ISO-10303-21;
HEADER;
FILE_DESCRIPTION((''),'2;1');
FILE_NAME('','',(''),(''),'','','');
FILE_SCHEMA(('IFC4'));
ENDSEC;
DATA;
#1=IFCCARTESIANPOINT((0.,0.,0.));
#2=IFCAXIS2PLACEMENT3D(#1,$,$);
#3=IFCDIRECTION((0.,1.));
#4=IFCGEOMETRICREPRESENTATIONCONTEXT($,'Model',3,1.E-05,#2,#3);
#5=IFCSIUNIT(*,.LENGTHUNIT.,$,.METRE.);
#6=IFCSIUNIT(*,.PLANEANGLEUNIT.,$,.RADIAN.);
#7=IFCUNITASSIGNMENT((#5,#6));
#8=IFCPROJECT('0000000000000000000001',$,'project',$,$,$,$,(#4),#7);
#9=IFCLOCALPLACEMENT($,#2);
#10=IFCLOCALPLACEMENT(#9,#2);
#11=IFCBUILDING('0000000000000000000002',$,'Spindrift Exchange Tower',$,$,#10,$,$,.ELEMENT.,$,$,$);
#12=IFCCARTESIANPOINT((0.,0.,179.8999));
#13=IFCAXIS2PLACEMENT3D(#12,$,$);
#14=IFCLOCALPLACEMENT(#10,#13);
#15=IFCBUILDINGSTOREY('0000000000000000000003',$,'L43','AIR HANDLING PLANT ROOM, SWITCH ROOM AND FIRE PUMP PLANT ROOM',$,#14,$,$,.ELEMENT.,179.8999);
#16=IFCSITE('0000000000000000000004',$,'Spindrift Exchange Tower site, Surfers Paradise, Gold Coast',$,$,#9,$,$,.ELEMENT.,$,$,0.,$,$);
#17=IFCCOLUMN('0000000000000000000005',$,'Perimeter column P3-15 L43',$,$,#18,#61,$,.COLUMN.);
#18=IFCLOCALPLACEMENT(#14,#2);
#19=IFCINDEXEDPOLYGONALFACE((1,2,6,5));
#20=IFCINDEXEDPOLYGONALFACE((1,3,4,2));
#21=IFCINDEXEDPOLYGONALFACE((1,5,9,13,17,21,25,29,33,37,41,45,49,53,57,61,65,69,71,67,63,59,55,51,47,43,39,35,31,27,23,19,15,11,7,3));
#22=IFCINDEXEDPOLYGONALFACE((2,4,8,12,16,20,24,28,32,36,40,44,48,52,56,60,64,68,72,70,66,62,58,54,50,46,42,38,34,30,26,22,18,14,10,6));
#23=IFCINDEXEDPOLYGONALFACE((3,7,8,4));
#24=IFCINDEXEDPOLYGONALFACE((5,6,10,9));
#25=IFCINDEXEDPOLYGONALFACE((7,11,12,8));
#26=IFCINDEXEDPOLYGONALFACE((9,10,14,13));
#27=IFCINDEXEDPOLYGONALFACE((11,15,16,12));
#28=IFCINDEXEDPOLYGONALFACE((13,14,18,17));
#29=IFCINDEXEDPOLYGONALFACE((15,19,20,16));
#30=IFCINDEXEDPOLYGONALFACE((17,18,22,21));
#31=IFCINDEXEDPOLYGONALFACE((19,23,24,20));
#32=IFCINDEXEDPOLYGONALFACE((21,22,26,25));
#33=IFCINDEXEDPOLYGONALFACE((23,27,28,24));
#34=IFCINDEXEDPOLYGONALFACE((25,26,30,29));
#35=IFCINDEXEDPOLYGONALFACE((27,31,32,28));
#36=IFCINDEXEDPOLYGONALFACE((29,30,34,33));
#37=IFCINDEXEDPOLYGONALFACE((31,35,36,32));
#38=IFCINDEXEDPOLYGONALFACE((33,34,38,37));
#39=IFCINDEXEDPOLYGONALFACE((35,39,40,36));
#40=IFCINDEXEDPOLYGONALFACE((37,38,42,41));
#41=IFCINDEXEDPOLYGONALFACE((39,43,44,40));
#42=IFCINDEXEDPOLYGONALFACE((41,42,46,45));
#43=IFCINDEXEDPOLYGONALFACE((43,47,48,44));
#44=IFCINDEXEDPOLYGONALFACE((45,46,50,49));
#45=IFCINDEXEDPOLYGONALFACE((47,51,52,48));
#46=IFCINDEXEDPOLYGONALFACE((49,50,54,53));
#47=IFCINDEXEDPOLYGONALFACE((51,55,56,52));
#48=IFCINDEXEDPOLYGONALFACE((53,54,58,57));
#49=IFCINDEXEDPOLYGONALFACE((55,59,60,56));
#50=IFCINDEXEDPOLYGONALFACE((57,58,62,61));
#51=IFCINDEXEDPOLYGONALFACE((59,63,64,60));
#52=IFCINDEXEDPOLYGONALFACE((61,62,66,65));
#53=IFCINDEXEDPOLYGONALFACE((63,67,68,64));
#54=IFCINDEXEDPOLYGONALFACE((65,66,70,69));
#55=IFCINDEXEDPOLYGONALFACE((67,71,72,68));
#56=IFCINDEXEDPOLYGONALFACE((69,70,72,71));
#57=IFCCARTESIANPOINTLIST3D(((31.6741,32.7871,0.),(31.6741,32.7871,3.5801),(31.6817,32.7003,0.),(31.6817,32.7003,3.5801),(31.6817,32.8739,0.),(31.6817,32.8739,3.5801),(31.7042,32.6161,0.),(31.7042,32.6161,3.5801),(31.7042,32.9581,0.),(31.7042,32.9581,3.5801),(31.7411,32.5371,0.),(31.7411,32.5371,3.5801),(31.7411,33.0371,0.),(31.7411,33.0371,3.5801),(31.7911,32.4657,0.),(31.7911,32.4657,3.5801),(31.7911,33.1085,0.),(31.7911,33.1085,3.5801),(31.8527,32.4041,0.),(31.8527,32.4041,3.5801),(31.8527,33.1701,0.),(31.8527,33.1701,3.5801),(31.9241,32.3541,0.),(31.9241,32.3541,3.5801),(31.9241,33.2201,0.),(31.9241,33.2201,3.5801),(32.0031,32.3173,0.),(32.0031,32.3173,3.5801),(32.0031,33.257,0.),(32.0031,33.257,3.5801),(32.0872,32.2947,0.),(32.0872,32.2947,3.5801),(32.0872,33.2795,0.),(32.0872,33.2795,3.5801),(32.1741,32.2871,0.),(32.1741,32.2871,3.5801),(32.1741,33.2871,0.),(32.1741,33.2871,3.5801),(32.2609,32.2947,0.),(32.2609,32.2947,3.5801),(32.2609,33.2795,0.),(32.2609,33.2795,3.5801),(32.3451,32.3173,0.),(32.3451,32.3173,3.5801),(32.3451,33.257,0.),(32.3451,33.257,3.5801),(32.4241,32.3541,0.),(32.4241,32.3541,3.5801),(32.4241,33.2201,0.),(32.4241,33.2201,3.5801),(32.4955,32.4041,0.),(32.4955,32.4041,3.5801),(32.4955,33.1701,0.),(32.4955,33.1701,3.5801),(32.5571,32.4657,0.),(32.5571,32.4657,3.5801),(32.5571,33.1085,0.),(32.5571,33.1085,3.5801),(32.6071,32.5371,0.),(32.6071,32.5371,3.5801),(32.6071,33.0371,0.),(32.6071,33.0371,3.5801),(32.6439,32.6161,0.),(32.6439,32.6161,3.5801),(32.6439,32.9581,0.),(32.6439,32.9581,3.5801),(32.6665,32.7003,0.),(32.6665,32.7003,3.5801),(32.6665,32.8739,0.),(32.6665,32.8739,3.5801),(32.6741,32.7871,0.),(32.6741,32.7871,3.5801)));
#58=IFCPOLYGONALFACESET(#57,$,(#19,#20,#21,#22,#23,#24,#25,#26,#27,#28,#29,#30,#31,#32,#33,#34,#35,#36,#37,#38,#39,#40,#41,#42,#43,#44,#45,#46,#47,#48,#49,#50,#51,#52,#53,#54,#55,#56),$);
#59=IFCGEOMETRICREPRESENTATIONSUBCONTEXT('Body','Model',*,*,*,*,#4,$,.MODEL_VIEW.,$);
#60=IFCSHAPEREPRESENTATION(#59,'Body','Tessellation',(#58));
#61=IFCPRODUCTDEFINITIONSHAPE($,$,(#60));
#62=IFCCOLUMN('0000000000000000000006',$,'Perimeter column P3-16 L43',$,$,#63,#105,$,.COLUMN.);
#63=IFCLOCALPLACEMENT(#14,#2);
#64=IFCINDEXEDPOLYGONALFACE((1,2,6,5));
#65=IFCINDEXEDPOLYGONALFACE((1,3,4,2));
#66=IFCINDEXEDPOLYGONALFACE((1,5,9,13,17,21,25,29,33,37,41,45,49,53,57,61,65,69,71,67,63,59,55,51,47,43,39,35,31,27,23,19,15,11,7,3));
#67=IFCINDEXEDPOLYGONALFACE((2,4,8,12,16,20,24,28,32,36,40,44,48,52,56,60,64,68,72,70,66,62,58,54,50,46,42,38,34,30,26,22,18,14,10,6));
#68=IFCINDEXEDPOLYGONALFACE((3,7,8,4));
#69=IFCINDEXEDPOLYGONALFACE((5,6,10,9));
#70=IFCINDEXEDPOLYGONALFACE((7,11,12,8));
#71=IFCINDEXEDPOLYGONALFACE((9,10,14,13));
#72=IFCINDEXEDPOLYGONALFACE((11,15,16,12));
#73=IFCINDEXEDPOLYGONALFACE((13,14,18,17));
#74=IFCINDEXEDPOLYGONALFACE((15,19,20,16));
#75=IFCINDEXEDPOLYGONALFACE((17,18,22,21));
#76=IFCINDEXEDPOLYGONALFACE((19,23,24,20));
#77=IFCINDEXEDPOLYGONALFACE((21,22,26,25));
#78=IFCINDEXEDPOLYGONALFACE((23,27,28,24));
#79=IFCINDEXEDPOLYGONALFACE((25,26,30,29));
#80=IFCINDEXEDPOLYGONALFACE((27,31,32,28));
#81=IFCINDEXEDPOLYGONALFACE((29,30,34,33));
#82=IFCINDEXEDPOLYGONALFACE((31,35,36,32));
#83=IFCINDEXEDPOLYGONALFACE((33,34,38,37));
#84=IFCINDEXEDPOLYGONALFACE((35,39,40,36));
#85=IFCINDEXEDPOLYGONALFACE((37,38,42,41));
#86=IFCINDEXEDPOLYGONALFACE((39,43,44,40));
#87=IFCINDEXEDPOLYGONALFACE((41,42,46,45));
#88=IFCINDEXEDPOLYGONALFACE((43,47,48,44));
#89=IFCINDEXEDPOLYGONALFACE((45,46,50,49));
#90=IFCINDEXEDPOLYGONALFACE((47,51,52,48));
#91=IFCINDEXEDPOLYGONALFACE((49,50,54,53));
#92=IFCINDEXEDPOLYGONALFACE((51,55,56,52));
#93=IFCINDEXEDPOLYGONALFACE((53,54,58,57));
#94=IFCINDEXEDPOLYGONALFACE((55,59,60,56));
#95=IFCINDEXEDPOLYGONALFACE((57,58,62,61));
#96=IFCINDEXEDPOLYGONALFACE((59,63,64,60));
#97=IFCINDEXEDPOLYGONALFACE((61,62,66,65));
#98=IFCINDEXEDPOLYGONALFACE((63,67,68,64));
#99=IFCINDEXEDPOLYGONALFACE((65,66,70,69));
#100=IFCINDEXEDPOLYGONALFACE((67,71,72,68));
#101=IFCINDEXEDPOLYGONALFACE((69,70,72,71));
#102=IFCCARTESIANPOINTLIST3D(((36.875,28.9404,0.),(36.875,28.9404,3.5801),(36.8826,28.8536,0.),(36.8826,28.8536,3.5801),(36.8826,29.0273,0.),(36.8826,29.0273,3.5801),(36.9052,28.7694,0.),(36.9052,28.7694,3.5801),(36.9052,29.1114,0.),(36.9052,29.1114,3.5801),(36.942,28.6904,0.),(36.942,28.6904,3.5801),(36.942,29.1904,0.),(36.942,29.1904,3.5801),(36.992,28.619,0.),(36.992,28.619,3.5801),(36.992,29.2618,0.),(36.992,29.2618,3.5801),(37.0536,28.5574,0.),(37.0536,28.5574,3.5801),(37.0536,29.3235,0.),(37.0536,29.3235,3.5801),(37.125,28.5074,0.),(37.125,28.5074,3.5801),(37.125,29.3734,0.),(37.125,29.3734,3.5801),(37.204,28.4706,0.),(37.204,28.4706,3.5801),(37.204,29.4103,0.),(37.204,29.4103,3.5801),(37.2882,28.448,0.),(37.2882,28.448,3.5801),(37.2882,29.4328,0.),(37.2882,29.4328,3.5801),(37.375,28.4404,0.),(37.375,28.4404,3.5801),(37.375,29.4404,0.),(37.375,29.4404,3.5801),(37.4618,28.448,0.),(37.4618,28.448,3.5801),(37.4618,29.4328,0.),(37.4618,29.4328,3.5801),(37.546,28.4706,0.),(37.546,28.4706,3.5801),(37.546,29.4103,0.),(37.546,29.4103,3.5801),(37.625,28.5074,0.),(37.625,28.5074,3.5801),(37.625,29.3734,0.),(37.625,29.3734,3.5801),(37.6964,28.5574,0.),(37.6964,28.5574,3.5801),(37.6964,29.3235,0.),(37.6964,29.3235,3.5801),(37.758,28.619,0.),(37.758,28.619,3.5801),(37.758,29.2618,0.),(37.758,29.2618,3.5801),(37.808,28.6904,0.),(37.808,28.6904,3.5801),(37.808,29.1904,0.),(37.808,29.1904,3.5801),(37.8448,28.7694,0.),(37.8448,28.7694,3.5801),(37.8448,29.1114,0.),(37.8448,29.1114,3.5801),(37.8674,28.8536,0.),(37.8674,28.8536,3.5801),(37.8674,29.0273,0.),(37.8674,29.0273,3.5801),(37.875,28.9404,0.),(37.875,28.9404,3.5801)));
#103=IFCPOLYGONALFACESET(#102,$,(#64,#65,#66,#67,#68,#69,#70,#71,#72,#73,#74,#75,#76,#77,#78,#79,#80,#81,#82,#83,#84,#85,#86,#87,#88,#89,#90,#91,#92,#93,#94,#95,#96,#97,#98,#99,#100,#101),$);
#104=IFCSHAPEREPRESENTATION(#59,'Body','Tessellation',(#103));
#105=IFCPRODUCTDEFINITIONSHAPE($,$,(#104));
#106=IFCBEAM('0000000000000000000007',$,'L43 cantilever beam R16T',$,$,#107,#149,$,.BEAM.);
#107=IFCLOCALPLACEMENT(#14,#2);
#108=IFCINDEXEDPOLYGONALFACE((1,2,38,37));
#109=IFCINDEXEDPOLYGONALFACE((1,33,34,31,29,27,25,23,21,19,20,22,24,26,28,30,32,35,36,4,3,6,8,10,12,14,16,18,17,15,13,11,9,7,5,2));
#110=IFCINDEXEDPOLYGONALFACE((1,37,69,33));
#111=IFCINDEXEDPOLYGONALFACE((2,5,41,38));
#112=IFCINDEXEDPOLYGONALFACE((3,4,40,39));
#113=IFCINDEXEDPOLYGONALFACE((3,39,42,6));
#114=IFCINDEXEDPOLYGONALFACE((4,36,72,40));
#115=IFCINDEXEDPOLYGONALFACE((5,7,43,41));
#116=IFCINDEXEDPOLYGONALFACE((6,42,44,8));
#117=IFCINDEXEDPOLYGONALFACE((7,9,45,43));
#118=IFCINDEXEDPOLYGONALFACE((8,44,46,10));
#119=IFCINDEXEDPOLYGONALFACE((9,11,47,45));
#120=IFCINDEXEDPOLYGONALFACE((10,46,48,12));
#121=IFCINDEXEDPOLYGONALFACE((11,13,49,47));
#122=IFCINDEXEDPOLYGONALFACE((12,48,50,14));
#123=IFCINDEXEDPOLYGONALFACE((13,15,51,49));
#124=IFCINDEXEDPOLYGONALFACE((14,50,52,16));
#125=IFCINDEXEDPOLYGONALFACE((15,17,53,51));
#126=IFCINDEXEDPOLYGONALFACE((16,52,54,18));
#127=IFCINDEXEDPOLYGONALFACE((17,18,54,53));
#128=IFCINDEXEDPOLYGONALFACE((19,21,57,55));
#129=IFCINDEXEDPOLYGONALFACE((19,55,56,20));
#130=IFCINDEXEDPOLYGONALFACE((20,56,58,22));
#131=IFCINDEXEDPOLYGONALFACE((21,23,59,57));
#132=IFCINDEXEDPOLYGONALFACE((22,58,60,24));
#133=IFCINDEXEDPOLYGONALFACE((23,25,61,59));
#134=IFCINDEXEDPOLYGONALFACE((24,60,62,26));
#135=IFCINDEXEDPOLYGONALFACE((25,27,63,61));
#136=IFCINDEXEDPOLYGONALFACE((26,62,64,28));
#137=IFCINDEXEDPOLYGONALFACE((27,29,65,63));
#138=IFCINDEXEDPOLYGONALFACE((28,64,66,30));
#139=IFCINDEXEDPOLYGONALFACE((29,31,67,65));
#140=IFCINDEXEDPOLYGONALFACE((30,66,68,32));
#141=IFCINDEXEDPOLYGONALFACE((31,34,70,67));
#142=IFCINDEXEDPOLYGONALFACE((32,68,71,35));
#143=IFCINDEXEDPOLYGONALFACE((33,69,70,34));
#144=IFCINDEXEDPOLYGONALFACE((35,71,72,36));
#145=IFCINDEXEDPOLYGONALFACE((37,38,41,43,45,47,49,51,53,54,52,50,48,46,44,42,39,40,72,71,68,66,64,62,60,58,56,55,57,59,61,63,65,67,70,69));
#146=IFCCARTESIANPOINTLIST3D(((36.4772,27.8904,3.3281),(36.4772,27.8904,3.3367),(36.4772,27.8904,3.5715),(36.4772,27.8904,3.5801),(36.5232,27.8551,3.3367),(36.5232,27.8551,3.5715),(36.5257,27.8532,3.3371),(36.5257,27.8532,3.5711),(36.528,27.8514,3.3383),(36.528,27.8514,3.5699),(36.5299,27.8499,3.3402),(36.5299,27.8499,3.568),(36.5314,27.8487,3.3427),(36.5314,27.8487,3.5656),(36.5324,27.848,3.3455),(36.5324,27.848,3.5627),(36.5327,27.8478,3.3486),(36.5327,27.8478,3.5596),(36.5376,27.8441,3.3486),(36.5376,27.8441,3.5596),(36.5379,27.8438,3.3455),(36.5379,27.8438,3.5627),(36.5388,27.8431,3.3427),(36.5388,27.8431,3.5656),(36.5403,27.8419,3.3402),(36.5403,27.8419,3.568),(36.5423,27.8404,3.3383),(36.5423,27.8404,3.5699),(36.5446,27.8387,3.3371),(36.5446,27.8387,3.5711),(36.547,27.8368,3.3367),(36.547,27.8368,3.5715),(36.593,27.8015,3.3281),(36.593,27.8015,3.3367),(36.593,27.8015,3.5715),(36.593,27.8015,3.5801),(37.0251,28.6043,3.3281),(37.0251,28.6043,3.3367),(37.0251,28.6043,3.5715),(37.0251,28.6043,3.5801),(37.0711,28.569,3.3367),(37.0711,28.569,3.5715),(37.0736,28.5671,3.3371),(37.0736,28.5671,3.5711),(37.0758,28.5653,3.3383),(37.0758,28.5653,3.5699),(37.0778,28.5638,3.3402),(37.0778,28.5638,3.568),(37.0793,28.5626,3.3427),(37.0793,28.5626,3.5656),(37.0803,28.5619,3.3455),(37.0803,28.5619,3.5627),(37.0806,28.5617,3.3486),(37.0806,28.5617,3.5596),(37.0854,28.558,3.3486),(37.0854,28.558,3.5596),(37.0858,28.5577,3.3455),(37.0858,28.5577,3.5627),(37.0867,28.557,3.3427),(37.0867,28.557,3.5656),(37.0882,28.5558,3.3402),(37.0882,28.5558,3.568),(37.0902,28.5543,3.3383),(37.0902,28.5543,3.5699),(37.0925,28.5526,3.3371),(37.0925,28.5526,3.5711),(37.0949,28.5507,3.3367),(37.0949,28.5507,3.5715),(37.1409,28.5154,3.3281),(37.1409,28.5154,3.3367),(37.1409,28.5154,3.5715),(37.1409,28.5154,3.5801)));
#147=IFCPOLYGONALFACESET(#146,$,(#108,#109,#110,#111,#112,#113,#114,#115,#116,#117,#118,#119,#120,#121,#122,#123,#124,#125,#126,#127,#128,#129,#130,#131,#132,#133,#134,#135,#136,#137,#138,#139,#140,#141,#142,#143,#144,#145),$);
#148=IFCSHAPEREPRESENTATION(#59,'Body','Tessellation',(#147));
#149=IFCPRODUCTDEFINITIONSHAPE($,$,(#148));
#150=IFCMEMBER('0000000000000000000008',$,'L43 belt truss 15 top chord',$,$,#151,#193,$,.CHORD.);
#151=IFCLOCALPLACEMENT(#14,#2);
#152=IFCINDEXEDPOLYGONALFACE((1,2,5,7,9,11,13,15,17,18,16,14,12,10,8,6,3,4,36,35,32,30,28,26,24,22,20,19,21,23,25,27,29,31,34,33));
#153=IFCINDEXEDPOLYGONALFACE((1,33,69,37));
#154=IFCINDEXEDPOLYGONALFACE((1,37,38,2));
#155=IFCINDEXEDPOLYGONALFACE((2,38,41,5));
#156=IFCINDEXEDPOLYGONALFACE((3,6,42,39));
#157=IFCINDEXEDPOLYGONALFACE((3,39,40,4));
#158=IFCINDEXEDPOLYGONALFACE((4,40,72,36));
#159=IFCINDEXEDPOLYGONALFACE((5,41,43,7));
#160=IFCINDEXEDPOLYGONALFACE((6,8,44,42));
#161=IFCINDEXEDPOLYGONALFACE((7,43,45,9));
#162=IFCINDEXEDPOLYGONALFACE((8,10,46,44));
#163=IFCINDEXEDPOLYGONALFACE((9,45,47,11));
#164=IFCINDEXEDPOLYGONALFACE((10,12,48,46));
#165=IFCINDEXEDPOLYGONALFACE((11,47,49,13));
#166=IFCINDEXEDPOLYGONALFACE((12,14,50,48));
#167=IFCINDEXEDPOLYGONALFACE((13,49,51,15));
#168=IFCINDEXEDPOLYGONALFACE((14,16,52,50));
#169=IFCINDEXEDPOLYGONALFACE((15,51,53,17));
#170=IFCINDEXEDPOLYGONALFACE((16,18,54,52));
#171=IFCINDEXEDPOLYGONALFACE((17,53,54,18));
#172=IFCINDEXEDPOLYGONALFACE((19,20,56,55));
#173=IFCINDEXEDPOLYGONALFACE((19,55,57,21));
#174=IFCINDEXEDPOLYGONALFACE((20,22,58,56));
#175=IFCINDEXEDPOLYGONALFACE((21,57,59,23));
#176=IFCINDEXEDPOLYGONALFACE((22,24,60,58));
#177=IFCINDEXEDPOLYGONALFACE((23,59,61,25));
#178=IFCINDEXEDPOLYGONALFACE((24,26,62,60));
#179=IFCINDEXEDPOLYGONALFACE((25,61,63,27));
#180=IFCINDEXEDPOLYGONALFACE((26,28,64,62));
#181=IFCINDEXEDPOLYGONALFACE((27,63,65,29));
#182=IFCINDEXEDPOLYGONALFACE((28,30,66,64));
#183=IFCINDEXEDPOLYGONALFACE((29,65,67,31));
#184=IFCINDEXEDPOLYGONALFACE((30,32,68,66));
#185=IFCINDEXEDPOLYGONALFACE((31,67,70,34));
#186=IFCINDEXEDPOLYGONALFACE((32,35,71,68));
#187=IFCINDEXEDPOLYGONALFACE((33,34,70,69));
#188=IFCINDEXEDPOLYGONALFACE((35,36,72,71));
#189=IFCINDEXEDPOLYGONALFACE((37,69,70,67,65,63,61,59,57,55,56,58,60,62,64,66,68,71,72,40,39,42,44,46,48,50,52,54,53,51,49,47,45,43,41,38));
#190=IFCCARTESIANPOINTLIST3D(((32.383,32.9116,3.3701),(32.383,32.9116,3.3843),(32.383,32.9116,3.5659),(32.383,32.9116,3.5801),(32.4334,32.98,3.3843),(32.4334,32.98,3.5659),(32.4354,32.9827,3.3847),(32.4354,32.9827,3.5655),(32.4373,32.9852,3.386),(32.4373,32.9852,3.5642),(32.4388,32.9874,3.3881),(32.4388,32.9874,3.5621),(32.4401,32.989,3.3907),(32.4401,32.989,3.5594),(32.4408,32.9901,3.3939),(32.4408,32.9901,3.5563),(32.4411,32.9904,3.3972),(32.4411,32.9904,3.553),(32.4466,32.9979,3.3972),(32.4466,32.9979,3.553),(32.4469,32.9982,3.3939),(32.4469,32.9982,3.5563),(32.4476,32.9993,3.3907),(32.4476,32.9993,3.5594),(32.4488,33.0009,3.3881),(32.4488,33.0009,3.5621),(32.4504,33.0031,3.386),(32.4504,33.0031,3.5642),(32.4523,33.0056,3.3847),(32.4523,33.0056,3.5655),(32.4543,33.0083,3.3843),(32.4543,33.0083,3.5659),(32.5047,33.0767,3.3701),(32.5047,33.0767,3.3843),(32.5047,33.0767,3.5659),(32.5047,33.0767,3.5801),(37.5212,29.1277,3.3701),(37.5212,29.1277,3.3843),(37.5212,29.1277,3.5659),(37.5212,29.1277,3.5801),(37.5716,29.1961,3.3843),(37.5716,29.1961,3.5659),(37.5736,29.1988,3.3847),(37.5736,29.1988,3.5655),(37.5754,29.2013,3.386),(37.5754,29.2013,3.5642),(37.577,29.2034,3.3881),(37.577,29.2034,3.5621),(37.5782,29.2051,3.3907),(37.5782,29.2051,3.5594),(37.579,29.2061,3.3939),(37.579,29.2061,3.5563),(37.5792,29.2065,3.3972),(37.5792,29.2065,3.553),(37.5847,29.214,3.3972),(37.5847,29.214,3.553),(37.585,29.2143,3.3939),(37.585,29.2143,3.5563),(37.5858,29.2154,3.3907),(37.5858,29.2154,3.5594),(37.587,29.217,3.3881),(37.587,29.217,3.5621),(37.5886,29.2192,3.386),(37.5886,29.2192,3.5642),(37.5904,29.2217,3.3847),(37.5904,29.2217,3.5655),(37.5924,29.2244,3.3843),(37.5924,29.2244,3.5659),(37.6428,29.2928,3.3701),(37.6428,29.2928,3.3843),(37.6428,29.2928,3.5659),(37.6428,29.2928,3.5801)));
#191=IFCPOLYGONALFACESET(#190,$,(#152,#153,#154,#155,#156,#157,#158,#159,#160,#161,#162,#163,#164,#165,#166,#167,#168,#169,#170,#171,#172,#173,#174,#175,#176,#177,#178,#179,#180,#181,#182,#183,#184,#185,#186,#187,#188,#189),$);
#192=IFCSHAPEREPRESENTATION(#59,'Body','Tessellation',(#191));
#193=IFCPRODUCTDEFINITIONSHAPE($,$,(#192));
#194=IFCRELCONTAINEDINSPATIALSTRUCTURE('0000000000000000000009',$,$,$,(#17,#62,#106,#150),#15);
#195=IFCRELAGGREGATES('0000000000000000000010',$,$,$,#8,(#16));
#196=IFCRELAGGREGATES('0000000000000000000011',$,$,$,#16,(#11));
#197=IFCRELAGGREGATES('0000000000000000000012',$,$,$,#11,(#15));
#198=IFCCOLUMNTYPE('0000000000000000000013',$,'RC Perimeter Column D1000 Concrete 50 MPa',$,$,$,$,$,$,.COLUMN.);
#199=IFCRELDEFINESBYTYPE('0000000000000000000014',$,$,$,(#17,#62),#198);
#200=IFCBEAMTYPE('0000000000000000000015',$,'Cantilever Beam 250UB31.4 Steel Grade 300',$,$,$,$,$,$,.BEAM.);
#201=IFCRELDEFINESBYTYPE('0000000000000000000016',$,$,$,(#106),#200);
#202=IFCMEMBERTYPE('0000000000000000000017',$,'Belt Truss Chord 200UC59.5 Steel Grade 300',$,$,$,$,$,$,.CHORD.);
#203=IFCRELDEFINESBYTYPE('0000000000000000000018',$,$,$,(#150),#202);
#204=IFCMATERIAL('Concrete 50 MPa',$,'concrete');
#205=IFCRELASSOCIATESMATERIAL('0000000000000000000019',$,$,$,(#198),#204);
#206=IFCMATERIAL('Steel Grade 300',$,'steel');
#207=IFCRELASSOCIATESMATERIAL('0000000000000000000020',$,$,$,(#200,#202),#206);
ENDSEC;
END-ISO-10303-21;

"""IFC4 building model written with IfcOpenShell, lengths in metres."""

from ifc_helpers import new_model, si_unit, direction, frame, origin, origin_2d, place, context, subcontext, project, spatial, circle, i_section, extrude, source, transform, mapped, material, material_profile, profile_set, type_object, element, save


model = new_model("IFC4")

# Units and contexts
model_context = context("Model", 3, precision=1e-05, world=origin(), true_north=direction((0.0, 1.0)))
body_context = subcontext(model_context, "Body", "Model", "MODEL_VIEW")
ifc_project = project(units=[si_unit("LENGTHUNIT", "METRE"), si_unit("PLANEANGLEUNIT", "RADIAN")], contexts=[model_context])

# Site, building, storey
site_placement = place(None, origin())
site = spatial("IfcSite", under=ifc_project, at=site_placement, Name="Spindrift Exchange Tower site, Surfers Paradise, Gold Coast", CompositionType="ELEMENT", RefElevation=0.0)
building_placement = place(site_placement, origin())
building = spatial("IfcBuilding", under=site, at=building_placement, Name="Spindrift Exchange Tower", CompositionType="ELEMENT")
storey_placement = place(building_placement, frame((0.0, 0.0, 179.8999)))
storey = spatial("IfcBuildingStorey", under=building, at=storey_placement, Name="L43", Description="AIR HANDLING PLANT ROOM, SWITCH ROOM AND FIRE PUMP PLANT ROOM", CompositionType="ELEMENT", Elevation=179.8999)

# Columns
ifc_material_1 = material(Name="Concrete 50 MPa", Category="concrete")
ifc_material_profile_1 = material_profile(ifc_material_1, circle(Radius=0.5, at=origin_2d()), Name="RC D1000")
ifc_profile_set_1 = profile_set([ifc_material_profile_1], Name="Concrete 50 MPa")
column_type = type_object("IfcColumnType", Name="RC Perimeter Column D1000 Concrete 50 MPa", PredefinedType="COLUMN", material=ifc_profile_set_1)
shared_shape_1 = source(origin(), body_context, "Body", "SweptSolid", [
    extrude(circle(Radius=0.5, at=origin_2d()), origin(), (0.0, 0.0, 1.0), 3.5801),
])
for number, where, z_axis, x_axis, name in (
    (1, (32.1741, 32.7871, 0.0), (0.0, 0.0, 1.0), (1.0, 0.0, 0.0), "Perimeter column P3-15 L43"),
    (2, (37.375, 28.9404, 0.0), (0.0, 0.0, 1.0), (1.0, 0.0, 0.0), "Perimeter column P3-16 L43"),
):
    element("IfcColumn", number, at=place(storey_placement, frame(where, z_axis=z_axis, x_axis=x_axis)), inside=storey, type_object=column_type, Name=name, PredefinedType="COLUMN", context=body_context, shape_type="MappedRepresentation", body=[
        mapped(shared_shape_1, transform((0.0, 0.0, 0.0), scale=1.0)),
    ])

# Beam
ifc_material_2 = material(Name="Steel Grade 300", Category="steel")
ifc_material_profile_2 = material_profile(ifc_material_2, i_section(OverallWidth=0.146, OverallDepth=0.252, WebThickness=0.0061, FlangeThickness=0.0085, FilletRadius=0.012, at=origin_2d()), Name="250UB31.4")
ifc_profile_set_2 = profile_set([ifc_material_profile_2], Name="Steel Grade 300")
beam_type_1 = type_object("IfcBeamType", Name="Cantilever Beam 250UB31.4 Steel Grade 300", PredefinedType="BEAM", material=ifc_profile_set_2)
shared_shape_2 = source(origin(), body_context, "Body", "SweptSolid", [
    extrude(i_section(OverallWidth=0.146, OverallDepth=0.252, WebThickness=0.0061, FlangeThickness=0.0085, FilletRadius=0.012, at=origin_2d()), origin(), (0.0, 0.0, 1.0), 0.8999),
])
beam_1_placement = place(storey_placement, frame((37.083, 28.5598, 3.4541), z_axis=(-0.608819, -0.793309, 0.0), x_axis=(0.793309, -0.608819, 0.0)))
element("IfcBeam", 3, at=beam_1_placement, inside=storey, type_object=beam_type_1, Name="L43 cantilever beam R16T", PredefinedType="BEAM", context=body_context, shape_type="MappedRepresentation", body=[
    mapped(shared_shape_2, transform((0.0, 0.0, 0.0), scale=1.0)),
])

# Member
ifc_material_profile_3 = material_profile(ifc_material_2, i_section(OverallWidth=0.2051, OverallDepth=0.21, WebThickness=0.0093, FlangeThickness=0.0142, FilletRadius=0.0129, at=origin_2d()), Name="200UC59.5")
ifc_profile_set_3 = profile_set([ifc_material_profile_3], Name="Steel Grade 300")
member_type_1 = type_object("IfcMemberType", Name="Belt Truss Chord 200UC59.5 Steel Grade 300", PredefinedType="CHORD", material=ifc_profile_set_3)
shared_shape_3 = source(origin(), body_context, "Body", "SweptSolid", [
    extrude(i_section(OverallWidth=0.2051, OverallDepth=0.21, WebThickness=0.0093, FlangeThickness=0.0142, FilletRadius=0.0129, at=origin_2d()), origin(), (0.0, 0.0, 1.0), 6.3811),
])
for number, where, z_axis, x_axis, name in (
    (4, (32.4438, 32.9941, 3.4751), (0.805213, -0.592986, 0.0), (0.592986, 0.805213, 0.0), "L43 belt truss 15 top chord"),
):
    element("IfcMember", number, at=place(storey_placement, frame(where, z_axis=z_axis, x_axis=x_axis)), inside=storey, type_object=member_type_1, Name=name, PredefinedType="CHORD", context=body_context, shape_type="MappedRepresentation", body=[
        mapped(shared_shape_3, transform((0.0, 0.0, 0.0), scale=1.0)),
    ])

save(model, "model.ifc")
